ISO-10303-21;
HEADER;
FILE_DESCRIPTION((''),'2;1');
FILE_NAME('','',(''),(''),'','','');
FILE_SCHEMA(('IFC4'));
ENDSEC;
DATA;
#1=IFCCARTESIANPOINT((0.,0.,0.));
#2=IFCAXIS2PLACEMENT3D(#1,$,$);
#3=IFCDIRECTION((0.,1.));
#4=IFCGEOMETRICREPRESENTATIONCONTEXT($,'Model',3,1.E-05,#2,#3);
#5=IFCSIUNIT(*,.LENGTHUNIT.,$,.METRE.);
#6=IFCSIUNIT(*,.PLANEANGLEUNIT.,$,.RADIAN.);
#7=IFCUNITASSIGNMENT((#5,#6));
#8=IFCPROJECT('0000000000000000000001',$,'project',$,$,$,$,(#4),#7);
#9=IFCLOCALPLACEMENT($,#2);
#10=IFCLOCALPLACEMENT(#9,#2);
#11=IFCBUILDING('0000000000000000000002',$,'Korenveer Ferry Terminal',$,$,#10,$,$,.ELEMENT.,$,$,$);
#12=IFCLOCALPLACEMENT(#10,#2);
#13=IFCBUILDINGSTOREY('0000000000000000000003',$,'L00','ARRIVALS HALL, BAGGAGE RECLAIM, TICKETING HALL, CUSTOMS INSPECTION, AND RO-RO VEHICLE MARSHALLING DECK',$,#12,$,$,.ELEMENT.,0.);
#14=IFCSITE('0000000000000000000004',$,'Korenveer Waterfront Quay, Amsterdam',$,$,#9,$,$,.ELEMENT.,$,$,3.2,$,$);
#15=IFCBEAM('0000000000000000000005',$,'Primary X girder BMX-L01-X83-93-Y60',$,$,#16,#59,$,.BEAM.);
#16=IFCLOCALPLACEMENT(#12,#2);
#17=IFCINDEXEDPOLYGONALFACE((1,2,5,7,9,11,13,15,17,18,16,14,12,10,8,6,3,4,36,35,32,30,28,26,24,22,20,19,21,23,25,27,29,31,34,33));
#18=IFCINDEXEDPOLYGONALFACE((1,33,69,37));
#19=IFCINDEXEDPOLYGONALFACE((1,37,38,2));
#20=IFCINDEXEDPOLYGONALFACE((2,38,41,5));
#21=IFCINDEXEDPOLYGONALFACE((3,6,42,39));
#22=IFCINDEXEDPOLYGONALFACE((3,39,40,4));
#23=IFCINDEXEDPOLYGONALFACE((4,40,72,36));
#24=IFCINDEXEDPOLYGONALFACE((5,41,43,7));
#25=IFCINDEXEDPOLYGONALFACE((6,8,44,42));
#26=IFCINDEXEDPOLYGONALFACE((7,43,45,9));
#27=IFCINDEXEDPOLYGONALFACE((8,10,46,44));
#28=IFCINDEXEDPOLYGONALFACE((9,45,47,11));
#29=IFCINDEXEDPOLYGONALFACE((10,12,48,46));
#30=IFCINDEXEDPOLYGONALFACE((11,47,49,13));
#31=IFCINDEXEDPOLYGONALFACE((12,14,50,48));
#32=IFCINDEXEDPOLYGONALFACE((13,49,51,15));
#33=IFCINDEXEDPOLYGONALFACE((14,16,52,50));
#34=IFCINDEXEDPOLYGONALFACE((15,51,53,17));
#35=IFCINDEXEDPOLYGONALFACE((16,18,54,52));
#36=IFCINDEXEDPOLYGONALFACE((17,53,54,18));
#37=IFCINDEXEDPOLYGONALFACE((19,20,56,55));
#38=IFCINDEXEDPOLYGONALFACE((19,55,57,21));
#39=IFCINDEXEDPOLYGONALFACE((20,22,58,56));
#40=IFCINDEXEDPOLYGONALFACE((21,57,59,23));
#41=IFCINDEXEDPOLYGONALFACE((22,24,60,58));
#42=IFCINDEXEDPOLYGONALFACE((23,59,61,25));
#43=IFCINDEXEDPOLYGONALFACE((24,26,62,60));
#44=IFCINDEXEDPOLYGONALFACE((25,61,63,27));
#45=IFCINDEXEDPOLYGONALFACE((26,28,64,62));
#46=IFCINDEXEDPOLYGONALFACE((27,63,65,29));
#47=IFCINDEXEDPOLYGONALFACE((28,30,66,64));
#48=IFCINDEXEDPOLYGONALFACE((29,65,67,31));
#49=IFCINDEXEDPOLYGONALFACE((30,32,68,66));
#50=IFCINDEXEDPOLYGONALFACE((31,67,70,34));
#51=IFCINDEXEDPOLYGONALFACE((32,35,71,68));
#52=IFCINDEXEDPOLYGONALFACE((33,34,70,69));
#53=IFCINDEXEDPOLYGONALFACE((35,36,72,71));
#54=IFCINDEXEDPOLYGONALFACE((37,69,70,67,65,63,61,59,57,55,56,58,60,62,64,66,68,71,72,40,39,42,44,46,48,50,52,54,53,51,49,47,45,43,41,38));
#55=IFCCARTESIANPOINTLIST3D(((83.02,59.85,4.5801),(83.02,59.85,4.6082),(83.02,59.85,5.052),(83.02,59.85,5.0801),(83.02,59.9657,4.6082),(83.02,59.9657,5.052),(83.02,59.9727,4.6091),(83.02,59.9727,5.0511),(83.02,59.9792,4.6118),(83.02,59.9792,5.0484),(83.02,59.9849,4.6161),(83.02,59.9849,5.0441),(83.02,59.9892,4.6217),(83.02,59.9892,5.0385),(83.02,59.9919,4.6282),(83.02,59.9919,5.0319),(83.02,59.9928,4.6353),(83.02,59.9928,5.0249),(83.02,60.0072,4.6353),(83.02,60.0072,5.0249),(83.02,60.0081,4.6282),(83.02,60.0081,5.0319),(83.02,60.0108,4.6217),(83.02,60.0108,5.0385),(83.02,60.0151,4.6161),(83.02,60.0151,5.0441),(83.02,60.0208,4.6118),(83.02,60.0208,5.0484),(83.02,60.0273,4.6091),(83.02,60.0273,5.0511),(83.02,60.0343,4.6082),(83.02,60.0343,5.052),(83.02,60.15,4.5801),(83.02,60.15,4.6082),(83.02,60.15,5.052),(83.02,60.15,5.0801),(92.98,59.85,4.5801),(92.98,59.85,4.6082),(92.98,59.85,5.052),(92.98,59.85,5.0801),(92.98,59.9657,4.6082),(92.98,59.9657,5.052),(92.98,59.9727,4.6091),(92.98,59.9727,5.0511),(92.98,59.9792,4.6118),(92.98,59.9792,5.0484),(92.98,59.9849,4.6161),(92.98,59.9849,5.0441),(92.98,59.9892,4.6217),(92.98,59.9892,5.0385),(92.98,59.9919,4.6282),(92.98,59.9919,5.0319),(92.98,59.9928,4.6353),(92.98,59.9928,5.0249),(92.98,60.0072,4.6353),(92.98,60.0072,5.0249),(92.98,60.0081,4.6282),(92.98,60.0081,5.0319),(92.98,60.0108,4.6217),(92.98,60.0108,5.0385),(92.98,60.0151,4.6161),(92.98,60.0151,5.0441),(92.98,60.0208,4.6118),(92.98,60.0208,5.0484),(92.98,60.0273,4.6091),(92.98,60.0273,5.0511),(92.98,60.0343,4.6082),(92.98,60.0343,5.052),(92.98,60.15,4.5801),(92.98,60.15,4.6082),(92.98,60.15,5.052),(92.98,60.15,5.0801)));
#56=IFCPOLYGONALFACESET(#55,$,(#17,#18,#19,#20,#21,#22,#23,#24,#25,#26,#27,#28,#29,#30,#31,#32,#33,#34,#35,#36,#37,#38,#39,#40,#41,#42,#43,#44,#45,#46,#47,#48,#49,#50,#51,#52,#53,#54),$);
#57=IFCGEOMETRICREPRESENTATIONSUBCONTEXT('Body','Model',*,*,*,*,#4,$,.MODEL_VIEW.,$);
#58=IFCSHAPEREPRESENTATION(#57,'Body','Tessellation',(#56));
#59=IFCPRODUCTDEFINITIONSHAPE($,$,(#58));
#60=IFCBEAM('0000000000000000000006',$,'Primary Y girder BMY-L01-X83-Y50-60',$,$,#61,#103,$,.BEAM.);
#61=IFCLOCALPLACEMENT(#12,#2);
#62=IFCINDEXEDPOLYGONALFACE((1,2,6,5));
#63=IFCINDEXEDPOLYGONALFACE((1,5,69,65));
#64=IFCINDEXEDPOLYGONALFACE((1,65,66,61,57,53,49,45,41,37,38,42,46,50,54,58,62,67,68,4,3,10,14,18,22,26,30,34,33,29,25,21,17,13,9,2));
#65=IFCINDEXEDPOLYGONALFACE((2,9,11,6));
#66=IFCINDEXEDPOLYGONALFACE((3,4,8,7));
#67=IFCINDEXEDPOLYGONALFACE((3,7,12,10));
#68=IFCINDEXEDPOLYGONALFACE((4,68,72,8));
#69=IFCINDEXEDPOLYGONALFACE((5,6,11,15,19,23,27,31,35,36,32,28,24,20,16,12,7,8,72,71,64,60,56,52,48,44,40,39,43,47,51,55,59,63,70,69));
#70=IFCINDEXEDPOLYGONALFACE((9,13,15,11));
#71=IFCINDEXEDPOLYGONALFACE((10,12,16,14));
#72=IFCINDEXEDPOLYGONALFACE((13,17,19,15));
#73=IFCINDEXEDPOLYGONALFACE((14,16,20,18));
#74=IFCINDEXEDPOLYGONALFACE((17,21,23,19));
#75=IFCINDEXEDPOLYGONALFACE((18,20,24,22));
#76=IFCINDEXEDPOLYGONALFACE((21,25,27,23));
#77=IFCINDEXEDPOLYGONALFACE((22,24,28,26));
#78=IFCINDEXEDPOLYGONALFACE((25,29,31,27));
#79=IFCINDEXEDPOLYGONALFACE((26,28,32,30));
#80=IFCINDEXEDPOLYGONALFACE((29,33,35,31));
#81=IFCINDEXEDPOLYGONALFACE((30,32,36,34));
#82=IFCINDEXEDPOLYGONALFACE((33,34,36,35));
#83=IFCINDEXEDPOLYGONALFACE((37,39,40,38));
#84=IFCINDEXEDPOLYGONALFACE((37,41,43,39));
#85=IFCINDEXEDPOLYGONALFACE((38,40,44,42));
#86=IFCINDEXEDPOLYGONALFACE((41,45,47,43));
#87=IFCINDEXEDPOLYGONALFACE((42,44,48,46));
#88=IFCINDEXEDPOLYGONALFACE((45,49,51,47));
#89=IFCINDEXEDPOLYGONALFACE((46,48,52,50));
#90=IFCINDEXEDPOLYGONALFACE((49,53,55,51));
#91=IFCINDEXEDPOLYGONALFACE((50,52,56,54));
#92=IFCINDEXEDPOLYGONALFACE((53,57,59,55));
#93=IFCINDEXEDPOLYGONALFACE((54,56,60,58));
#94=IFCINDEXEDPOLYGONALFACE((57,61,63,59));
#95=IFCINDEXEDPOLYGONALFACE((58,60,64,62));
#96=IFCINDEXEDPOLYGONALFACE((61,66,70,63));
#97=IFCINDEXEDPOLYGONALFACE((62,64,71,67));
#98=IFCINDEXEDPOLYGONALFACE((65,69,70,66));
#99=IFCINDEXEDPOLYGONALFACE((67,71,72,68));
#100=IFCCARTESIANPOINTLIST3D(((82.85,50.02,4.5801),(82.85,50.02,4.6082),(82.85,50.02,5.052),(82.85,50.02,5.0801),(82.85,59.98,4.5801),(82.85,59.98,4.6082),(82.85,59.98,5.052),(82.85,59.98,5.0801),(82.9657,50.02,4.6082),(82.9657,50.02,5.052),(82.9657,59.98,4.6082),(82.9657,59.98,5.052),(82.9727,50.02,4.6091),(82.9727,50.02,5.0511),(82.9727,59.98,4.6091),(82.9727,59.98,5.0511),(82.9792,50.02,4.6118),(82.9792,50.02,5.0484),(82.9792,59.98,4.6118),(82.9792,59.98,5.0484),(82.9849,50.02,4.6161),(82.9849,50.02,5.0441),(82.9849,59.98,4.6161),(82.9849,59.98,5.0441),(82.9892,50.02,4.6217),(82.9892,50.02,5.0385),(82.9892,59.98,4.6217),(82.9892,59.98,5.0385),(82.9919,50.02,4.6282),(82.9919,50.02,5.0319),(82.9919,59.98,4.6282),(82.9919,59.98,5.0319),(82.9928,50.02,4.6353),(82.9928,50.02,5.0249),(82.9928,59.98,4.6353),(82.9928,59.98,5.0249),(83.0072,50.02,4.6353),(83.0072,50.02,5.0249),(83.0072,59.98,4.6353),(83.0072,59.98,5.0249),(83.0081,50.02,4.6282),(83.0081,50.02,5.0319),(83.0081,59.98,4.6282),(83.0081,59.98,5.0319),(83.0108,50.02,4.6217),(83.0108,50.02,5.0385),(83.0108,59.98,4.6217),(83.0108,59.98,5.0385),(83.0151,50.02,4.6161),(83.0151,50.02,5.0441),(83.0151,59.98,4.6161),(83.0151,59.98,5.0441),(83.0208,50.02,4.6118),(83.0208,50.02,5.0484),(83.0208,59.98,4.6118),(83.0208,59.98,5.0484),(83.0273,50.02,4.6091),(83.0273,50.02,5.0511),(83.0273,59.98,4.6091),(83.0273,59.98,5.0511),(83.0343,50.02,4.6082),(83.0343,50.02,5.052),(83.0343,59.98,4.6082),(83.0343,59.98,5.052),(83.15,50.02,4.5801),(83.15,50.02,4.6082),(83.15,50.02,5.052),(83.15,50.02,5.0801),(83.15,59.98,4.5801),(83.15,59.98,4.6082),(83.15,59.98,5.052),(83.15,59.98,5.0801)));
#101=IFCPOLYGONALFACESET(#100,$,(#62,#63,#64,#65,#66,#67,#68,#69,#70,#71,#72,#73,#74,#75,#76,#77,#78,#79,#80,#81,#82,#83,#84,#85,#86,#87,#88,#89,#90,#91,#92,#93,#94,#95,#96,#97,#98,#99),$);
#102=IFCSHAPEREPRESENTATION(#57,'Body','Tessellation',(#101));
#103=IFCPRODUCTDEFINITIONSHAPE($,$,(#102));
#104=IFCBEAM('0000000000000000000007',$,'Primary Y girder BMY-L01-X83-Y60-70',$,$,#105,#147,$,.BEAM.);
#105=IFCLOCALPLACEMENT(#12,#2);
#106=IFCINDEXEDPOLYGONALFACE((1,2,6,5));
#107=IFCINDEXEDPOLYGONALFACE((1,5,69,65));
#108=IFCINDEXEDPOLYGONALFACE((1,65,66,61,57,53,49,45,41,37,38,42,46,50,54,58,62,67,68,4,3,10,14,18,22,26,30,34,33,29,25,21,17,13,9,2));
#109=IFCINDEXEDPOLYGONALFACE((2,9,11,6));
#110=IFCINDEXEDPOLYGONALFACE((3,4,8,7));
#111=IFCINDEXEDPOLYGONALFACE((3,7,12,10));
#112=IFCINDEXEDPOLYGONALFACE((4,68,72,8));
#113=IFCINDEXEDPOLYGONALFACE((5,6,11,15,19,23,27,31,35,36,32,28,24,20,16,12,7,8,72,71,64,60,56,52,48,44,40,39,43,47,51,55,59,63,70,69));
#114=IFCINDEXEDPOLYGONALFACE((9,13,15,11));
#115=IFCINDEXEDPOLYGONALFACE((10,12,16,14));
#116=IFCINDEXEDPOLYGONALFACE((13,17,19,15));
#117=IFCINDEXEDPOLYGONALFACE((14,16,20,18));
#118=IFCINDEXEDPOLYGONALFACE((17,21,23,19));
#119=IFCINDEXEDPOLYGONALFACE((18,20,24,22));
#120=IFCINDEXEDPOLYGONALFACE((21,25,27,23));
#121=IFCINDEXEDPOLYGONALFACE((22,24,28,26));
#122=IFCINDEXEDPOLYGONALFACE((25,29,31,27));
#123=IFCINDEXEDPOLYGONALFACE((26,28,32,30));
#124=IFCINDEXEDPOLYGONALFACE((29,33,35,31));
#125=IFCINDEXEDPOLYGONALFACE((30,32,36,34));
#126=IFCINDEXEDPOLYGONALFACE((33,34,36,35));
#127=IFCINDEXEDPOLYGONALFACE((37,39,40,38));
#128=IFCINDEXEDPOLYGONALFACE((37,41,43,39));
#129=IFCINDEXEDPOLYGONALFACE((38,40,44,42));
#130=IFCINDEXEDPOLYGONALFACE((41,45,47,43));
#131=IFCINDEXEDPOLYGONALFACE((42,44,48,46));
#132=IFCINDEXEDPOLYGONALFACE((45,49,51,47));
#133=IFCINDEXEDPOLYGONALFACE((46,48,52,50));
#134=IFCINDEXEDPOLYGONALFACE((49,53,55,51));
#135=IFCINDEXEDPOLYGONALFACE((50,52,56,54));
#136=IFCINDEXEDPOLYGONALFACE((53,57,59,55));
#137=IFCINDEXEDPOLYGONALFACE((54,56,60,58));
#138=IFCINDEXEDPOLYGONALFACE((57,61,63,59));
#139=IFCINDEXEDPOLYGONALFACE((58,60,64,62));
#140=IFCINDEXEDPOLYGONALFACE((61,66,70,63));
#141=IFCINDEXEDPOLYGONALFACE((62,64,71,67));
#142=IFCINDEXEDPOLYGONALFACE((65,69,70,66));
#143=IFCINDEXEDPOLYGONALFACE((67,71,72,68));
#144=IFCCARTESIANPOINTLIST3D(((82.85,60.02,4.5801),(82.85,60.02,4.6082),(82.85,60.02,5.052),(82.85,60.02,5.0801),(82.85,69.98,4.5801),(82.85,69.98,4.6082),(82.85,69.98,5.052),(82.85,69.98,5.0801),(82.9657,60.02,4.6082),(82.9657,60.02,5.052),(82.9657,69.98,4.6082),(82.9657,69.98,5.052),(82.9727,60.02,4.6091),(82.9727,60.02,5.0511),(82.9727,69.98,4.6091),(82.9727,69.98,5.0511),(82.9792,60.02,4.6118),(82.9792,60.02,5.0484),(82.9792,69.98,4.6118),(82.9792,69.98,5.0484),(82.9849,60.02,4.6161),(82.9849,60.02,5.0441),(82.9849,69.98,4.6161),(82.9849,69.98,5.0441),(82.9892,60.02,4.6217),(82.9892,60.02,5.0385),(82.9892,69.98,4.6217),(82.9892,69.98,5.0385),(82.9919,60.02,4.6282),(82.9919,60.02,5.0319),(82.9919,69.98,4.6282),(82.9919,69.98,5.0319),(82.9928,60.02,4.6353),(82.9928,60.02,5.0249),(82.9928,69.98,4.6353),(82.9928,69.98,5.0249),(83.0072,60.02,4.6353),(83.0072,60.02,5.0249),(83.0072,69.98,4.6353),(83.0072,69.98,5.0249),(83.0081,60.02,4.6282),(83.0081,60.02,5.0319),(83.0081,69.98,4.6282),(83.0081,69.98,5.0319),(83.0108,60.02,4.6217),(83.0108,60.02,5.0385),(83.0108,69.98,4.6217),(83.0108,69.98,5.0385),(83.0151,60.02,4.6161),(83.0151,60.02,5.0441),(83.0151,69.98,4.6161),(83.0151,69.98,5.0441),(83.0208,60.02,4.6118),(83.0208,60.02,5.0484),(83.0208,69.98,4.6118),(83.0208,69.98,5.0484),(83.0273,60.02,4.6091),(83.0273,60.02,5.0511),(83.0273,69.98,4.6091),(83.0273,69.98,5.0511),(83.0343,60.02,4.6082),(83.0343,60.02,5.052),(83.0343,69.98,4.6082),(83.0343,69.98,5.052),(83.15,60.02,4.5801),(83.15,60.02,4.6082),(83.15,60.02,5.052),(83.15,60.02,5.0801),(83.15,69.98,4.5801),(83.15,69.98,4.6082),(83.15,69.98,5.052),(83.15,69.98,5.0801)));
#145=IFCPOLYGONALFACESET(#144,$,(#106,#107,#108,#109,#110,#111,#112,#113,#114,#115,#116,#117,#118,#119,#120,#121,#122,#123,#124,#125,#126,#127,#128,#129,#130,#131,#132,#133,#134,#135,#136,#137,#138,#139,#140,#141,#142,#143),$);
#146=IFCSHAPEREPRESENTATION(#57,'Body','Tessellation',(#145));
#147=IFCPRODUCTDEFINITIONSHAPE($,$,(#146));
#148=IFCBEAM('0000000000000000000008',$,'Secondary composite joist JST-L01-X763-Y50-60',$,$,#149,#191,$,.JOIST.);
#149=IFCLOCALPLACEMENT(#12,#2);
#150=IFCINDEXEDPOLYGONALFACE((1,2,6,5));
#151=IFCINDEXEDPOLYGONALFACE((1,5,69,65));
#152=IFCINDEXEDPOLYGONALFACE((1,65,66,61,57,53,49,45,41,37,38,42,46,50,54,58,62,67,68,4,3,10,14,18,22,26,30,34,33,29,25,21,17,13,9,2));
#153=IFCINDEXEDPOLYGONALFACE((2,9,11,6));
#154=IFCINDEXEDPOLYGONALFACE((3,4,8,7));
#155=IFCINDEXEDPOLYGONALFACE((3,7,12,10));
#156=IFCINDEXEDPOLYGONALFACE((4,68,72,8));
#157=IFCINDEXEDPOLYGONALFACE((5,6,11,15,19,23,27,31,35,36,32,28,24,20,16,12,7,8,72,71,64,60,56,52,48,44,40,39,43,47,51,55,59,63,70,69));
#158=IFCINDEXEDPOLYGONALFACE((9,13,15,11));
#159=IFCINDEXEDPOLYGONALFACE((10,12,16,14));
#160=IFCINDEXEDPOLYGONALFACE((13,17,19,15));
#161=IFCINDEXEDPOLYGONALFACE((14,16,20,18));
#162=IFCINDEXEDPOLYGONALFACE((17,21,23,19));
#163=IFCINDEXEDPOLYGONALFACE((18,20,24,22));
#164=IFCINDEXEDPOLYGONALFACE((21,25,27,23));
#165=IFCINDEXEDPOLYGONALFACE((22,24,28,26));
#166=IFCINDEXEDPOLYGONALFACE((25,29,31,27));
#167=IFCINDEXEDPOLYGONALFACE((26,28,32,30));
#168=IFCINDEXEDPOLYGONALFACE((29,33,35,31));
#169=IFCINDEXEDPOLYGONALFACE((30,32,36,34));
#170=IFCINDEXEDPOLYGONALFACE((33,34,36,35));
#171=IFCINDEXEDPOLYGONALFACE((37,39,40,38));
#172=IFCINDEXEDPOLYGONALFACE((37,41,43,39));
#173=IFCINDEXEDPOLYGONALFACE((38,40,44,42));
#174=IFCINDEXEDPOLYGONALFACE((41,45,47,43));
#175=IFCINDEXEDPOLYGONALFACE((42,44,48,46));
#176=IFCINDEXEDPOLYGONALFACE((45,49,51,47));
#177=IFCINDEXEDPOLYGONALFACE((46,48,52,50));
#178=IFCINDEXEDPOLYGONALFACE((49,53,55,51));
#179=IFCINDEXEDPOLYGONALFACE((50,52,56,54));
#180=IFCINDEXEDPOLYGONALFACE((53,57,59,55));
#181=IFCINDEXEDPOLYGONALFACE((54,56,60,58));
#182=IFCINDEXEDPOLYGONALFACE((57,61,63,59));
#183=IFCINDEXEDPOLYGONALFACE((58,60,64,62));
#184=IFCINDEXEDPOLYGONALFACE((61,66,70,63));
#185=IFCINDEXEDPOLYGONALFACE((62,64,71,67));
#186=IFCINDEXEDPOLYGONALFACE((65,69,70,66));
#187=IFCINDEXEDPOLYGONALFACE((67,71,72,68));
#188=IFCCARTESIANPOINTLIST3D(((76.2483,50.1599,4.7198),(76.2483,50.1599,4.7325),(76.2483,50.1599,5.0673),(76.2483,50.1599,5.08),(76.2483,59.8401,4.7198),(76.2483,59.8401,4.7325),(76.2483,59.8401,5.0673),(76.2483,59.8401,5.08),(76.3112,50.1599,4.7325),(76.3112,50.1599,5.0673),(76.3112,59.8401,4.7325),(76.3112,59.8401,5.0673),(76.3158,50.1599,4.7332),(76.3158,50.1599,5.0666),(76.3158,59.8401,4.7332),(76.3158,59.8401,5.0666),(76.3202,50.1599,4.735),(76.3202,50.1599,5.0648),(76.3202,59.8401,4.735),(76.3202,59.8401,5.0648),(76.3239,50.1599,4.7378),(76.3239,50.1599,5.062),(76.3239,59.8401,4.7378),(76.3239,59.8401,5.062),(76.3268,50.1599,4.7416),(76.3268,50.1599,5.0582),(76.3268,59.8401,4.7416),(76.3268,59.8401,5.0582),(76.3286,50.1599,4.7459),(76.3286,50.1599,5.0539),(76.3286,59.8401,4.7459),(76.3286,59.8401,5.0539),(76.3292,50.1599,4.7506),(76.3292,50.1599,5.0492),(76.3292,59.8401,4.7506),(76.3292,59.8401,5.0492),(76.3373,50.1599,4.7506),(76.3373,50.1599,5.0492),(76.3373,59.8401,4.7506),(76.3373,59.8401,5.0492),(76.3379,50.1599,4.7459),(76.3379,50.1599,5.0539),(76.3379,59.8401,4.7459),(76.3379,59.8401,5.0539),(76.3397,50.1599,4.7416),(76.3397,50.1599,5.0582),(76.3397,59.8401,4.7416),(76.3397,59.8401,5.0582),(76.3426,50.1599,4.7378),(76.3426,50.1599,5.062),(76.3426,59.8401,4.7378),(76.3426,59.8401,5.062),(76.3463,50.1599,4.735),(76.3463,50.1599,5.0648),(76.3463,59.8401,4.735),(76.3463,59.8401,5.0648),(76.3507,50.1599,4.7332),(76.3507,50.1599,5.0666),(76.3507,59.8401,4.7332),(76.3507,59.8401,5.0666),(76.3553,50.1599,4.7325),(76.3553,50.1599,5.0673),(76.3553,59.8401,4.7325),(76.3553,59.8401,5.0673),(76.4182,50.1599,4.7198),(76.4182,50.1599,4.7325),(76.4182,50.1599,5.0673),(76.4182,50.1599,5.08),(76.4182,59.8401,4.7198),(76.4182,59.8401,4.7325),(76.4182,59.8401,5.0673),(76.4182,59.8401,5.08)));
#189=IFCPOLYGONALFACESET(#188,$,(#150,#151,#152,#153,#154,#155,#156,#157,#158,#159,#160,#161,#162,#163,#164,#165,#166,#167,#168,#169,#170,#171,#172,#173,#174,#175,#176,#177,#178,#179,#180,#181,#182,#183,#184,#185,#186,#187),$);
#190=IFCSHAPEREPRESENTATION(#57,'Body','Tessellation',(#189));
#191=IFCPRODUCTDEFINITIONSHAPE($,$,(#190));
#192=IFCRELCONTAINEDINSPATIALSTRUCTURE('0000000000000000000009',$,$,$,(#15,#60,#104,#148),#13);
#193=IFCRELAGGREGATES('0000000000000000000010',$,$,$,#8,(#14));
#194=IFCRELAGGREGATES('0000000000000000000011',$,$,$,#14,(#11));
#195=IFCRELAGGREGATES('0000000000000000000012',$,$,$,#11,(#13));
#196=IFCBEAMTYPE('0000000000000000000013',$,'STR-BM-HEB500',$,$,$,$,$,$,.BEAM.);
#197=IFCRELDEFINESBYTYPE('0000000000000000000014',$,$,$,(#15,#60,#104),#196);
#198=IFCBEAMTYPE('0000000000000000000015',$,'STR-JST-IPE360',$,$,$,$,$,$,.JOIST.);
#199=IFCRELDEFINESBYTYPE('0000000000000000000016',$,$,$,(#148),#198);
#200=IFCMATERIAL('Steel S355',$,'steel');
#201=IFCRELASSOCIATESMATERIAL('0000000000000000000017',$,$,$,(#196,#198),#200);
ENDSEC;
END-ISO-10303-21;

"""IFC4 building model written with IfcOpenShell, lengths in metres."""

from ifc_helpers import new_model, si_unit, direction, frame, origin, origin_2d, place, context, subcontext, project, spatial, i_section, extrude, material, material_profile, profile_set, type_object, element, save


model = new_model("IFC4")

# Units and contexts
model_context = context("Model", 3, precision=1e-05, world=origin(), true_north=direction((0.0, 1.0)))
body_context = subcontext(model_context, "Body", "Model", "MODEL_VIEW")
ifc_project = project(units=[si_unit("LENGTHUNIT", "METRE"), si_unit("PLANEANGLEUNIT", "RADIAN")], contexts=[model_context])

# Site, building, storey
site_placement = place(None, origin())
site = spatial("IfcSite", under=ifc_project, at=site_placement, Name="Korenveer Waterfront Quay, Amsterdam", CompositionType="ELEMENT", RefElevation=3.2)
building_placement = place(site_placement, origin())
building = spatial("IfcBuilding", under=site, at=building_placement, Name="Korenveer Ferry Terminal", CompositionType="ELEMENT")
storey_placement = place(building_placement, origin())
storey = spatial("IfcBuildingStorey", under=building, at=storey_placement, Name="L00", Description="ARRIVALS HALL, BAGGAGE RECLAIM, TICKETING HALL, CUSTOMS INSPECTION, AND RO-RO VEHICLE MARSHALLING DECK", CompositionType="ELEMENT", Elevation=0.0)

# Shared definitions
ifc_material_1 = material(Name="Steel S355", Category="steel")

# Beams
ifc_material_profile_1 = material_profile(ifc_material_1, i_section(OverallWidth=0.3, OverallDepth=0.5, WebThickness=0.0144, FlangeThickness=0.0281, FilletRadius=0.0271, at=origin_2d()), Name="HEB 500")
ifc_profile_set_1 = profile_set([ifc_material_profile_1], Name="Steel S355")
beam_type_1 = type_object("IfcBeamType", Name="STR-BM-HEB500", PredefinedType="BEAM", material=ifc_profile_set_1)
for number, where, z_axis, x_axis, name in (
    (1, (83.02, 60.0, 4.8301), (1.0, 0.0, 0.0), (0.0, 1.0, 0.0), "Primary X girder BMX-L01-X83-93-Y60"),
    (2, (83.0, 50.02, 4.8301), (0.0, 1.0, 0.0), (-1.0, 0.0, 0.0), "Primary Y girder BMY-L01-X83-Y50-60"),
    (3, (83.0, 60.02, 4.8301), (0.0, 1.0, 0.0), (-1.0, 0.0, 0.0), "Primary Y girder BMY-L01-X83-Y60-70"),
):
    element("IfcBeam", number, at=place(storey_placement, frame(where, z_axis=z_axis, x_axis=x_axis)), inside=storey, type_object=beam_type_1, Name=name, PredefinedType="BEAM", context=body_context, shape_type="SweptSolid", body=[
        extrude(i_section(OverallWidth=0.3, OverallDepth=0.5, WebThickness=0.0144, FlangeThickness=0.0281, FilletRadius=0.0271, at=origin_2d()), origin(), (0.0, 0.0, 1.0), 9.96),
    ])
ifc_material_profile_2 = material_profile(ifc_material_1, i_section(OverallWidth=0.1699, OverallDepth=0.3601, WebThickness=0.0081, FlangeThickness=0.0127, FilletRadius=0.0181, at=origin_2d()), Name="IPE 360")
ifc_profile_set_2 = profile_set([ifc_material_profile_2], Name="Steel S355")
beam_type_2 = type_object("IfcBeamType", Name="STR-JST-IPE360", PredefinedType="JOIST", material=ifc_profile_set_2)
for number, where, z_axis, x_axis, name in (
    (4, (76.3333, 50.1599, 4.8999), (0.0, 1.0, 0.0), (-1.0, 0.0, 0.0), "Secondary composite joist JST-L01-X763-Y50-60"),
):
    element("IfcBeam", number, at=place(storey_placement, frame(where, z_axis=z_axis, x_axis=x_axis)), inside=storey, type_object=beam_type_2, Name=name, PredefinedType="JOIST", context=body_context, shape_type="SweptSolid", body=[
        extrude(i_section(OverallWidth=0.1699, OverallDepth=0.3601, WebThickness=0.0081, FlangeThickness=0.0127, FilletRadius=0.0181, at=origin_2d()), origin(), (0.0, 0.0, 1.0), 9.6802),
    ])

save(model, "model.ifc")
